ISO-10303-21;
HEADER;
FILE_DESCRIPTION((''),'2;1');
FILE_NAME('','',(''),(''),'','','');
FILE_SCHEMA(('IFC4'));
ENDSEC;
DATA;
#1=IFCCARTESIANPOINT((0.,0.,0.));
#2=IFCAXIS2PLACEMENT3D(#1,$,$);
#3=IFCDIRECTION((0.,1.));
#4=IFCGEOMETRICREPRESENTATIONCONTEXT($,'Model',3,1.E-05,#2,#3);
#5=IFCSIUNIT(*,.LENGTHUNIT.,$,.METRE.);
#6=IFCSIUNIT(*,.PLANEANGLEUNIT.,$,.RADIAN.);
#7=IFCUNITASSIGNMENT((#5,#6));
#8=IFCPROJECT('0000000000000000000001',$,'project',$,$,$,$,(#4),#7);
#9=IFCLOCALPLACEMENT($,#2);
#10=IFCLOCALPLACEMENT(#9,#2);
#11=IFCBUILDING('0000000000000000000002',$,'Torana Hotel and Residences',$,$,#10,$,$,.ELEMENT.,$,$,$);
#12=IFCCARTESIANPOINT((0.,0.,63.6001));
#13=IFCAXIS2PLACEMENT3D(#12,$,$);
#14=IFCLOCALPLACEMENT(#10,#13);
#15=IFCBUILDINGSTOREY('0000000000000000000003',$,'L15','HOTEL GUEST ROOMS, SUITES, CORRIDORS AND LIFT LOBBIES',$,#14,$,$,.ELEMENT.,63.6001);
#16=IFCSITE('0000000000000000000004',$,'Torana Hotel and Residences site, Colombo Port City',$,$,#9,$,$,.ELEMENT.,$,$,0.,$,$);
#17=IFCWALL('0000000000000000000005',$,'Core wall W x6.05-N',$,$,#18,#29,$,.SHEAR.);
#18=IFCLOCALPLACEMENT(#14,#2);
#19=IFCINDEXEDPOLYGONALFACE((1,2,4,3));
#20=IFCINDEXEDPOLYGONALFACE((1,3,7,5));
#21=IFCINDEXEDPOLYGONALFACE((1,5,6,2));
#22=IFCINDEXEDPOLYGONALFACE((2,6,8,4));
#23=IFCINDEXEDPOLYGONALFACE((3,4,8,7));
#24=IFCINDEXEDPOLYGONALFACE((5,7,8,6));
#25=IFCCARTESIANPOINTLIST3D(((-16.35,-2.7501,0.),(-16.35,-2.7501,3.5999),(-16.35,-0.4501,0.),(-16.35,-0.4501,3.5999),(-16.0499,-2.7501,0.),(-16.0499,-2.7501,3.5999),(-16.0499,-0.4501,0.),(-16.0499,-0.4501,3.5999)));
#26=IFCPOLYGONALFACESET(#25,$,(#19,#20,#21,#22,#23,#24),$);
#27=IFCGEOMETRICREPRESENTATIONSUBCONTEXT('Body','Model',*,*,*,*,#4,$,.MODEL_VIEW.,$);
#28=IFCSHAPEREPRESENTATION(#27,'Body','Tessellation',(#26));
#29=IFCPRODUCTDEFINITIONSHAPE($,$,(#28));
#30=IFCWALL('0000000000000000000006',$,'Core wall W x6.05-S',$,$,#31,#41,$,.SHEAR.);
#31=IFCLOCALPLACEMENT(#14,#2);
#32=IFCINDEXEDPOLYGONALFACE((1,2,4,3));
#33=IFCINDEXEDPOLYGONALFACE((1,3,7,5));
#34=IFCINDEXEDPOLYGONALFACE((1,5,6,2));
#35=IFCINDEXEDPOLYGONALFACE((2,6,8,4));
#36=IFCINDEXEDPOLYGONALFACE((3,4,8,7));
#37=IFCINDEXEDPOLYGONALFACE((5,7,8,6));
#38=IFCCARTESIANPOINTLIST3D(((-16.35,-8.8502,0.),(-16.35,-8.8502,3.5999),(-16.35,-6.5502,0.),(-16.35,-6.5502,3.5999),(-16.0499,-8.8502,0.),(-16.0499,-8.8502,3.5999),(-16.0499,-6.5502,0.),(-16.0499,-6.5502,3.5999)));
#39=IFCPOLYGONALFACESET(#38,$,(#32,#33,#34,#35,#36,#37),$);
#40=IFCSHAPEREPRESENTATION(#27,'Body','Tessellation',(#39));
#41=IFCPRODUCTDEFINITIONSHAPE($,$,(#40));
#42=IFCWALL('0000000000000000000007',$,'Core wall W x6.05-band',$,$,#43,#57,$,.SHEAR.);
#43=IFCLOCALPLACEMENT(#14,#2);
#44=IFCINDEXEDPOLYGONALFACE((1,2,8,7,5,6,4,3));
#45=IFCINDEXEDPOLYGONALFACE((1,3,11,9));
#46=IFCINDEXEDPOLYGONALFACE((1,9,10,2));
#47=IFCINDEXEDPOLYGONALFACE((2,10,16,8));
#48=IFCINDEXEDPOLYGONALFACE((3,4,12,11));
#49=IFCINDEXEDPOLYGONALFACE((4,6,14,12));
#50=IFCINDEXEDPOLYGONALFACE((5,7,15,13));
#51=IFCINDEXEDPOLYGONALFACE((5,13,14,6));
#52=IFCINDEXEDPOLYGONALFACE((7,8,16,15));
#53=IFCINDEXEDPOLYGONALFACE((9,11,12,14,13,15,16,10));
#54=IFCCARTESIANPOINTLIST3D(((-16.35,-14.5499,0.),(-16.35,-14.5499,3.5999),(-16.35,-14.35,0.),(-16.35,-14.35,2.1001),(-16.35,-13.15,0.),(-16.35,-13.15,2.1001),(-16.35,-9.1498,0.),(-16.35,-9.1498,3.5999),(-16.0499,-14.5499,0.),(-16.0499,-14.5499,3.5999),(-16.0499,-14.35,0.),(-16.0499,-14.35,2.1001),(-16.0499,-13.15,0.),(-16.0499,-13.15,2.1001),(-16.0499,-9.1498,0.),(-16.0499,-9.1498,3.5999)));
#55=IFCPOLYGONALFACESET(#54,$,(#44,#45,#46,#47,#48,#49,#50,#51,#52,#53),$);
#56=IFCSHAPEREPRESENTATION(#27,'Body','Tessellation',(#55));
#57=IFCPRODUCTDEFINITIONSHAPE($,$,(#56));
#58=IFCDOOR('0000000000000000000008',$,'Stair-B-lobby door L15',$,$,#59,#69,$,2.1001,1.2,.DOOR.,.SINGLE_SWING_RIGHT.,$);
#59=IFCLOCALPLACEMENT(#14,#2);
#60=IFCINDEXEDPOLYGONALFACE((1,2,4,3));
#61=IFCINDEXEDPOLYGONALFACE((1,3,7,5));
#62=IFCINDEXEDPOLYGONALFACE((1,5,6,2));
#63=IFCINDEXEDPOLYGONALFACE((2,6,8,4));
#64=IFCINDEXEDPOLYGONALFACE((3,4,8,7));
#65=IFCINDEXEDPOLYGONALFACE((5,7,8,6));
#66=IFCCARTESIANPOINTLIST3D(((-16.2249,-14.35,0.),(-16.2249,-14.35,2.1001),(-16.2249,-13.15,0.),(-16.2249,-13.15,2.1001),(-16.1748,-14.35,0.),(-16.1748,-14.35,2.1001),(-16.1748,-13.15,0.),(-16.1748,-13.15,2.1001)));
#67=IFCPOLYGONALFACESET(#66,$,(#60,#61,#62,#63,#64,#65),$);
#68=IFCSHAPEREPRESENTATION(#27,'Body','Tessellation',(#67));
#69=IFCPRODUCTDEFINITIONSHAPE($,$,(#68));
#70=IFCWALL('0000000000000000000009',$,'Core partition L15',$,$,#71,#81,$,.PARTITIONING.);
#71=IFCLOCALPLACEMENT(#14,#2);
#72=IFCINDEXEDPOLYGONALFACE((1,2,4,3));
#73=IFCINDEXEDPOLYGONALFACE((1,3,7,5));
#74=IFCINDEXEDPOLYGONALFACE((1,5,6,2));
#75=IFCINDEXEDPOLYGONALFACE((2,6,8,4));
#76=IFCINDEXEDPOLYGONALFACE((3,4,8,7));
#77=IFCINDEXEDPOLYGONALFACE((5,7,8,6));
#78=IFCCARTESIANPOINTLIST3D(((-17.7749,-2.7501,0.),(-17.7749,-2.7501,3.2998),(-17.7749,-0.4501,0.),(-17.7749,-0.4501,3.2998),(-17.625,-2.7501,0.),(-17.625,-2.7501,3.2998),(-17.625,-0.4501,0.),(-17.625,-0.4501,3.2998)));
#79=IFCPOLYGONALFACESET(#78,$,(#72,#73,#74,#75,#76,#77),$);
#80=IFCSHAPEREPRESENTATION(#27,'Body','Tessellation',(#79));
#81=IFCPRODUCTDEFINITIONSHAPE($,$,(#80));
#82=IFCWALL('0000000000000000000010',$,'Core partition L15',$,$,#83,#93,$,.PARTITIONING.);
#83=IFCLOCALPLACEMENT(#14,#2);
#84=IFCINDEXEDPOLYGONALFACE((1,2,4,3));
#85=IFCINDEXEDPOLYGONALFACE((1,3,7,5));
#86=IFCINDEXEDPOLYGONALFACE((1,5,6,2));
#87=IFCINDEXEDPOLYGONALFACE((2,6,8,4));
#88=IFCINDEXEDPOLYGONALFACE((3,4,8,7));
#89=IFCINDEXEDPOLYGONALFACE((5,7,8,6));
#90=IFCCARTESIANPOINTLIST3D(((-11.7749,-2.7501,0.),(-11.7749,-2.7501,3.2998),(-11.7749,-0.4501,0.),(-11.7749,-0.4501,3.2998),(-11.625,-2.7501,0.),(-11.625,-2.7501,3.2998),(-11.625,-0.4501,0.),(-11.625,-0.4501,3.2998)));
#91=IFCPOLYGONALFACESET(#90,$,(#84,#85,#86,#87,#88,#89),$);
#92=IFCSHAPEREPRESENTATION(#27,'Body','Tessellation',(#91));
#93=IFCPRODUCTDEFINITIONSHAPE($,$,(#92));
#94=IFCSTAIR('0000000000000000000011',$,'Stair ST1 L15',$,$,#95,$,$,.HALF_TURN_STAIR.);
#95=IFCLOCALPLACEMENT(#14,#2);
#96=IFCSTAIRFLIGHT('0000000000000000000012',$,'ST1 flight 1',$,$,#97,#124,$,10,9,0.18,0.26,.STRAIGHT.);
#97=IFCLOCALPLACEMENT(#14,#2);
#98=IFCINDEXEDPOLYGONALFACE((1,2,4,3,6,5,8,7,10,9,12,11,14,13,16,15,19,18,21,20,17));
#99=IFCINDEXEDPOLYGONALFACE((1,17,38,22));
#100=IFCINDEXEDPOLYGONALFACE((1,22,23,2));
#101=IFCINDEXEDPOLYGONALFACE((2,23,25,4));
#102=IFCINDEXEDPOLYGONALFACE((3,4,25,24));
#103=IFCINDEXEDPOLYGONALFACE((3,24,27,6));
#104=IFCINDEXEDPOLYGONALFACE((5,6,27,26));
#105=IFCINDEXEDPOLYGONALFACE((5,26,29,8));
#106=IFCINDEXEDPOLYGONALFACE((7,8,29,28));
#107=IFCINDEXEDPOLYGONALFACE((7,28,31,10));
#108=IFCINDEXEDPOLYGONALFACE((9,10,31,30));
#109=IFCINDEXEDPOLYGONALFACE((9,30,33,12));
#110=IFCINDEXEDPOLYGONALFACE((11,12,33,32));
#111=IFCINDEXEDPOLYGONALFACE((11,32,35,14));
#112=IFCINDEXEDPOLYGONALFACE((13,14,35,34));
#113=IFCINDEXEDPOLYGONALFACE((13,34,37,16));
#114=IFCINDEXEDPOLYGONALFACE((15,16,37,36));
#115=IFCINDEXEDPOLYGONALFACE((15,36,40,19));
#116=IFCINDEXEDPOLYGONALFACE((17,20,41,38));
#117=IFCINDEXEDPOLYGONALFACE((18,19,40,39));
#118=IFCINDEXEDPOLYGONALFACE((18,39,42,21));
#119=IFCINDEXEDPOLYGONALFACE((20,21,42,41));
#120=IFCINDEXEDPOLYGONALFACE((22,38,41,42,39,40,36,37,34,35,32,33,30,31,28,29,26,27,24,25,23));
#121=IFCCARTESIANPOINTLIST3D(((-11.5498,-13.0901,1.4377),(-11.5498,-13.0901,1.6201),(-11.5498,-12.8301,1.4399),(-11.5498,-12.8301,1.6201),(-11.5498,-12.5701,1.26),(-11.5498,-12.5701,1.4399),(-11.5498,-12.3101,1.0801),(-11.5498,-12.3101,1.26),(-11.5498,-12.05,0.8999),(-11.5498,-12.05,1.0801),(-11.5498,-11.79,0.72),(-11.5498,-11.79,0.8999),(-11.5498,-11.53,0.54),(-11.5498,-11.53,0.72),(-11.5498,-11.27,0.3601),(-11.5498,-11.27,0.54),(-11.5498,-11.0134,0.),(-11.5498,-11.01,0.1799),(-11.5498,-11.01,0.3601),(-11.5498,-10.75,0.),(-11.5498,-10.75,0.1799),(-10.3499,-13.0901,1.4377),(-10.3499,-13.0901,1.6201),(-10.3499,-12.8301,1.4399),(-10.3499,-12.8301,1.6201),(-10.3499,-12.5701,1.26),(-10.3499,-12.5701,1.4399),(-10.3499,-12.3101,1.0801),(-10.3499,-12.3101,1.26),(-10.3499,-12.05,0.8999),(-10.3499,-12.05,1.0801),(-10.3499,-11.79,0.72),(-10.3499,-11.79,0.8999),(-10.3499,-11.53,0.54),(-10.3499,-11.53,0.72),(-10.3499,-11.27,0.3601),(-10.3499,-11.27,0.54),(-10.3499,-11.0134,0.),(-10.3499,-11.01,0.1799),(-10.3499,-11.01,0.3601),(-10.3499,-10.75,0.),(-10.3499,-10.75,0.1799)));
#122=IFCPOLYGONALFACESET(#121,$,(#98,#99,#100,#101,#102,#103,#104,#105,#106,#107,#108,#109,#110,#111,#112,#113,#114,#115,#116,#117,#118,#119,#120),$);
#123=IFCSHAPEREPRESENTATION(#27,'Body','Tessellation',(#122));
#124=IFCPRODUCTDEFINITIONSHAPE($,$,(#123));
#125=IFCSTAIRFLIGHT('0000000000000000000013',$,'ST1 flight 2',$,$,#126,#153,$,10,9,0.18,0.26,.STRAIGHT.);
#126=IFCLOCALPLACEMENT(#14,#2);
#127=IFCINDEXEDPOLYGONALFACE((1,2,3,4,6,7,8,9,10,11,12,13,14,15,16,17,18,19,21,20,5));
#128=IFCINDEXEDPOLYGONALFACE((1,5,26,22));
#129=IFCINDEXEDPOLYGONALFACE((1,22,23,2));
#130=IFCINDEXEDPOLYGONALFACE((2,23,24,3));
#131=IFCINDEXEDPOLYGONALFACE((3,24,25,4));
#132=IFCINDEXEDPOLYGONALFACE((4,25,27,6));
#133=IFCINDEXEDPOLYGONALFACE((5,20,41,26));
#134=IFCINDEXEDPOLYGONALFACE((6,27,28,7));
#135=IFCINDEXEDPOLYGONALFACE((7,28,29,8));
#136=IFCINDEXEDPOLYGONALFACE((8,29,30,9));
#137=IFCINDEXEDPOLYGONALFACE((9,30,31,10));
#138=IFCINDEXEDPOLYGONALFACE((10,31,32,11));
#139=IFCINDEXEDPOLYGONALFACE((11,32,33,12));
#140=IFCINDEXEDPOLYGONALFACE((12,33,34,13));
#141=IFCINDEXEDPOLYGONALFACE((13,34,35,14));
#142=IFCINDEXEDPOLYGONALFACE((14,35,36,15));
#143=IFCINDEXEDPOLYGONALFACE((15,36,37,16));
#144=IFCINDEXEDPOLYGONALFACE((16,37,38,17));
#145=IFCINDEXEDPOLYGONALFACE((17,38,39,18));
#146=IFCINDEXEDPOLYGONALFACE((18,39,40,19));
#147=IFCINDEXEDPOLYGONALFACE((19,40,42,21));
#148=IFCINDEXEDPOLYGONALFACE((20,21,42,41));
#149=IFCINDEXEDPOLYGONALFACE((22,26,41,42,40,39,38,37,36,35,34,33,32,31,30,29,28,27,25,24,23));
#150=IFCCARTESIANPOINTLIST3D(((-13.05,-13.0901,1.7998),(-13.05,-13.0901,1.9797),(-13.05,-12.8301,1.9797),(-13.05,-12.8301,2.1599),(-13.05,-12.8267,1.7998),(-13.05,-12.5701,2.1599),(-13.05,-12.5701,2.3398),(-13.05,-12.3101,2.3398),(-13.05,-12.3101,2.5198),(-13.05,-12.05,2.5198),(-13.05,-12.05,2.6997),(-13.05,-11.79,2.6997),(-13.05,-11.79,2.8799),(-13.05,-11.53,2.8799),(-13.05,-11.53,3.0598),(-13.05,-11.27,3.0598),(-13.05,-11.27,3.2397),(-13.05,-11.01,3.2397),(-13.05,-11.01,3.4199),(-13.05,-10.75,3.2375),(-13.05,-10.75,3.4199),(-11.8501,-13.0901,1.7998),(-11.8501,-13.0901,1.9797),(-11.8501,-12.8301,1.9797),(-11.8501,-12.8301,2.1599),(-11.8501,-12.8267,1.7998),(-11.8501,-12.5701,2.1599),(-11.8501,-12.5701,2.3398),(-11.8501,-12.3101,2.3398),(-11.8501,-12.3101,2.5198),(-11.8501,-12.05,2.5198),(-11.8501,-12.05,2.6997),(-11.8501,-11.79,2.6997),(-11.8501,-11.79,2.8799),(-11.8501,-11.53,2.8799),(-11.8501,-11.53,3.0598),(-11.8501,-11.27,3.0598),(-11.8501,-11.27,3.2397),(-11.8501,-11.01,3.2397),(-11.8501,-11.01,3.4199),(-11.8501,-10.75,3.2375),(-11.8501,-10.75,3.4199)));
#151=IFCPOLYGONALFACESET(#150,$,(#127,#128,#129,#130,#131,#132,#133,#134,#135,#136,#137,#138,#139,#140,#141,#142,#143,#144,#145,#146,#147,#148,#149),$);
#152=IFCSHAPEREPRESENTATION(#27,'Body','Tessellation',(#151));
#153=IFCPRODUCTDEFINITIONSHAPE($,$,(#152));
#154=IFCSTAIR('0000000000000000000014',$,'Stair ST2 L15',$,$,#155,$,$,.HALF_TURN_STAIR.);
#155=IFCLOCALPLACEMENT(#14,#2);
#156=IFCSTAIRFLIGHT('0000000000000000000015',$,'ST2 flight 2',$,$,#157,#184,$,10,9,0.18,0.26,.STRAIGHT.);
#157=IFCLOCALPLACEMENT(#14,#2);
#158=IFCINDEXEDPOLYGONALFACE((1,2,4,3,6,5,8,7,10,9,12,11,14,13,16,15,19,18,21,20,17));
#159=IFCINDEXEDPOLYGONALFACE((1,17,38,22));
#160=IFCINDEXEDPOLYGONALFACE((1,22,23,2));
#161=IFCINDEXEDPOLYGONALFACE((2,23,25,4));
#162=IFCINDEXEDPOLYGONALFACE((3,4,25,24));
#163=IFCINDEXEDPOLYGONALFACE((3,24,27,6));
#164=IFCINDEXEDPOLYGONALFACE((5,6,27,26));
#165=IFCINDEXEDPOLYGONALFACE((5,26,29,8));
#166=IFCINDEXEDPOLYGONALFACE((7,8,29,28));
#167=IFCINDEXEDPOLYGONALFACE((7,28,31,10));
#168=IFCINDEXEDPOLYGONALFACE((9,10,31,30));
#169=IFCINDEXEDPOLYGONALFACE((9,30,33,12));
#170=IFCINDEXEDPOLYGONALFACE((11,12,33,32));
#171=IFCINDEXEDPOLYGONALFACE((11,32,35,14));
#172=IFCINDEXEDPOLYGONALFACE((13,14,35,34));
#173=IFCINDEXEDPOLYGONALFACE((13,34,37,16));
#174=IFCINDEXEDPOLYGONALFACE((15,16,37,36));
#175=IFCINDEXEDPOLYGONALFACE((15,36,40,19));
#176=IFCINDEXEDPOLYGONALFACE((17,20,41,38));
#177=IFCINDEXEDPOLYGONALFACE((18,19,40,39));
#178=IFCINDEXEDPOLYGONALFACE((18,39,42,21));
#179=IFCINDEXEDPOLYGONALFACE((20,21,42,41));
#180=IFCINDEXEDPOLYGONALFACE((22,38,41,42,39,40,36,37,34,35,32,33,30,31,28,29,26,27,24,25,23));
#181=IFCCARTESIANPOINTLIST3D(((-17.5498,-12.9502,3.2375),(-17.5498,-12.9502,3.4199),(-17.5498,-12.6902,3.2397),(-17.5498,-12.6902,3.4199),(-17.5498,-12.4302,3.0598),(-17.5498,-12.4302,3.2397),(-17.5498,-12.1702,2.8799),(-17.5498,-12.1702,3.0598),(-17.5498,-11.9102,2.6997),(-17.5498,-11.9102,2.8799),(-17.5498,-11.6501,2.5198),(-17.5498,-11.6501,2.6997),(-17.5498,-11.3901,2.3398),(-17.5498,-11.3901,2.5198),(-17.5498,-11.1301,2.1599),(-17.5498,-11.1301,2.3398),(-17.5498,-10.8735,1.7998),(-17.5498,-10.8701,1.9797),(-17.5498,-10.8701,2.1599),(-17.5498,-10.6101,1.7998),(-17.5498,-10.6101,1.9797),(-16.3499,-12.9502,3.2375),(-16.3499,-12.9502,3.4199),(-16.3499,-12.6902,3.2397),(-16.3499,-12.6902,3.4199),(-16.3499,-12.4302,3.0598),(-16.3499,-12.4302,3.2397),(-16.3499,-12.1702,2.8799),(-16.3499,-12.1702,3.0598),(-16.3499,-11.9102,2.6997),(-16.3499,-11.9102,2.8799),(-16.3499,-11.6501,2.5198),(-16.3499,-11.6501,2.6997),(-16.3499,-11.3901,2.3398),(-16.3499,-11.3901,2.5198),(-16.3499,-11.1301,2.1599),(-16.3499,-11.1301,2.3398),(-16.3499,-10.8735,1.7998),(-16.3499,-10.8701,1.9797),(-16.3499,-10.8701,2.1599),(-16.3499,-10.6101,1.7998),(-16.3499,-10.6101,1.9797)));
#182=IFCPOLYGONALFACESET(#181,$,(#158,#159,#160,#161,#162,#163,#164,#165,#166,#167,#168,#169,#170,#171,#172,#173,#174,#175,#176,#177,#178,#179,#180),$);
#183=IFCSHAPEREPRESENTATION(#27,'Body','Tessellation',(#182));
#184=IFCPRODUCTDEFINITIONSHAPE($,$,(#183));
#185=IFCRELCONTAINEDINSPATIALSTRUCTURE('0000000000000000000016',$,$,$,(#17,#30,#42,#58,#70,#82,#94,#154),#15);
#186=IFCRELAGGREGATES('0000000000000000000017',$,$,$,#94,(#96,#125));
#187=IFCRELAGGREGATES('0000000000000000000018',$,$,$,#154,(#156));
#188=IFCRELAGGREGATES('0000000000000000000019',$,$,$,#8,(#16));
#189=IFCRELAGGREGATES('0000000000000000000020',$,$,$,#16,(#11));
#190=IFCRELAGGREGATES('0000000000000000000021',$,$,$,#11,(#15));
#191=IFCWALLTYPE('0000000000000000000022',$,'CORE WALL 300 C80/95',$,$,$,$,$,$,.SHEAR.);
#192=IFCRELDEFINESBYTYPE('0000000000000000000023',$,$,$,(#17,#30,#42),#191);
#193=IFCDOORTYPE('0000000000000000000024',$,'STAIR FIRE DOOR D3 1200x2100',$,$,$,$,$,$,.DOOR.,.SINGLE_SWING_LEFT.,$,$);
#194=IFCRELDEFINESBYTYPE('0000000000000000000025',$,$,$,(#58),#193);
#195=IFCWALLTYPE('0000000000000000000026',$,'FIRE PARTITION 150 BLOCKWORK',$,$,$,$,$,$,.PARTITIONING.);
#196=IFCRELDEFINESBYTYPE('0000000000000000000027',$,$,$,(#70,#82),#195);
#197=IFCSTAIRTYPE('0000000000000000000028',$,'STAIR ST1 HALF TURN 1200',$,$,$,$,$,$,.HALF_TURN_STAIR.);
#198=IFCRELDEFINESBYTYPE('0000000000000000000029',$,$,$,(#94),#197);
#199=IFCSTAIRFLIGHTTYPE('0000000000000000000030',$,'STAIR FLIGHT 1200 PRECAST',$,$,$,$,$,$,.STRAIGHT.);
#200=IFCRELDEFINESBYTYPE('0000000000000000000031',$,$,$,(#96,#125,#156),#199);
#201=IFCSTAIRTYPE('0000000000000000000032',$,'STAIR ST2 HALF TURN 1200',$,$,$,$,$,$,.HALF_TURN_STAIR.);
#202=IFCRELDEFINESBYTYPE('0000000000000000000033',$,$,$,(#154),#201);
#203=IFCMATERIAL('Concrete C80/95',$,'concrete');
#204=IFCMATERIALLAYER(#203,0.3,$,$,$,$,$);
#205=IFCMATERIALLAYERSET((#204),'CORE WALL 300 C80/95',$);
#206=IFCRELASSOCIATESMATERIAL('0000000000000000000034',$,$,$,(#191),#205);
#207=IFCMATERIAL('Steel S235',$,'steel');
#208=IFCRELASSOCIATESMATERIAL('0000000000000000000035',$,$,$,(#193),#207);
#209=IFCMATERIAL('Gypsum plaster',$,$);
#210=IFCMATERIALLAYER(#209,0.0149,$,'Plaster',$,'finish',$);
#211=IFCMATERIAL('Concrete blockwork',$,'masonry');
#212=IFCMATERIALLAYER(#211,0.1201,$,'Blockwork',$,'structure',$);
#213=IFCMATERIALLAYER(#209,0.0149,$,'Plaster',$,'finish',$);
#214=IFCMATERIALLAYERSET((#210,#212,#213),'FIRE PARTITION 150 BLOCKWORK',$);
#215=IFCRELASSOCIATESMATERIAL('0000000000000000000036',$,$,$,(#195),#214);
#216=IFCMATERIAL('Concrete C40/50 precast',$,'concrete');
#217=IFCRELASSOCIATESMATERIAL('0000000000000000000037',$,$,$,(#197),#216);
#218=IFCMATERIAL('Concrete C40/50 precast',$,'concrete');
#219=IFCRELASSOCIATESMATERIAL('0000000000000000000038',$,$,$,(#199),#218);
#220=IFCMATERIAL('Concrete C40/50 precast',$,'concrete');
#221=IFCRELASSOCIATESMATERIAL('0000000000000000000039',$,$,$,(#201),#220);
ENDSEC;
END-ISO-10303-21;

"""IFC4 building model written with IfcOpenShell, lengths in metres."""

from ifc_helpers import new_model, si_unit, direction, frame, frame_2d, origin, place, context, subcontext, project, spatial, polyline, rectangle, outline, extrude, material, layer, layer_set, type_object, element, fill, aggregate, save


model = new_model("IFC4")

# Units and contexts
model_context = context("Model", 3, precision=1e-05, world=origin(), true_north=direction((0.0, 1.0)))
body_context = subcontext(model_context, "Body", "Model", "MODEL_VIEW")
ifc_project = project(units=[si_unit("LENGTHUNIT", "METRE"), si_unit("PLANEANGLEUNIT", "RADIAN")], contexts=[model_context])

# Site, building, storey
site_placement = place(None, origin())
site = spatial("IfcSite", under=ifc_project, at=site_placement, Name="Torana Hotel and Residences site, Colombo Port City", CompositionType="ELEMENT", RefElevation=0.0)
building_placement = place(site_placement, origin())
building = spatial("IfcBuilding", under=site, at=building_placement, Name="Torana Hotel and Residences", CompositionType="ELEMENT")
storey_placement = place(building_placement, frame((0.0, 0.0, 63.6001)))
storey = spatial("IfcBuildingStorey", under=building, at=storey_placement, Name="L15", Description="HOTEL GUEST ROOMS, SUITES, CORRIDORS AND LIFT LOBBIES", CompositionType="ELEMENT", Elevation=63.6001)

# Shared definitions
ifc_material_1 = material(Name="Concrete C80/95", Category="concrete")
ifc_layer_1 = layer(ifc_material_1, 0.3)
ifc_layer_set_1 = layer_set([ifc_layer_1], Name="CORE WALL 300 C80/95")
wall_type_1 = type_object("IfcWallType", Name="CORE WALL 300 C80/95", PredefinedType="SHEAR", material=ifc_layer_set_1)

# Shared definitions
ifc_material_2 = material(Name="Steel S235", Category="steel")
door_type_1 = type_object("IfcDoorType", Name="STAIR FIRE DOOR D3 1200x2100", OperationType="SINGLE_SWING_LEFT", PredefinedType="DOOR", material=ifc_material_2)

# Walls
for number, where, z_axis, x_axis, name in (
    (1, (-16.2, -2.75, 0.0), (0.0, 0.0, 1.0), (0.0, 1.0, 0.0), "Core wall W x6.05-N"),
    (2, (-16.2, -8.8501, 0.0), (0.0, 0.0, 1.0), (0.0, 1.0, 0.0), "Core wall W x6.05-S"),
):
    element("IfcWall", number, at=place(storey_placement, frame(where, z_axis=z_axis, x_axis=x_axis)), inside=storey, type_object=wall_type_1, Name=name, PredefinedType="SHEAR", context=body_context, shape_type="SweptSolid", body=[
        extrude(rectangle(XDim=2.3, YDim=0.3, at=frame_2d((1.1499, 0.0))), origin(), (0.0, 0.0, 1.0), 3.5999),
    ])

# Wall, opening, door
wall_1_placement = place(storey_placement, frame((-16.2, -14.55, 0.0), z_axis=(0.0, 0.0, 1.0), x_axis=(0.0, 1.0, 0.0)))
wall_1 = element("IfcWall", 3, at=wall_1_placement, inside=storey, type_object=wall_type_1, Name="Core wall W x6.05-band", PredefinedType="SHEAR", context=body_context, shape_type="SweptSolid", body=[
    extrude(rectangle(XDim=5.4001, YDim=0.3, at=frame_2d((2.7002, 0.0))), origin(), (0.0, 0.0, 1.0), 3.5999),
])
opening_1_placement = place(wall_1_placement, frame((0.2, 0.0, 0.0)))
opening_1 = element("IfcOpeningElement", 4, at=opening_1_placement, cuts=wall_1, PredefinedType="OPENING", context=body_context, shape_type="SweptSolid", body=[
    extrude(rectangle(XDim=1.2, YDim=2.1001, at=frame_2d((0.6001, 1.05))), frame((0.0, 0.1599, 0.0), z_axis=(0.0, -1.0, 0.0), x_axis=(1.0, 0.0, 0.0)), (0.0, 0.0, 1.0), 0.3201),
])
door_1_placement = place(opening_1_placement, origin())
door_1 = element("IfcDoor", 5, at=door_1_placement, inside=storey, type_object=door_type_1, Name="Stair-B-lobby door L15", OperationType="SINGLE_SWING_RIGHT", OverallHeight=2.1001, OverallWidth=1.2, PredefinedType="DOOR", context=body_context, shape_type="SweptSolid", body=[
    extrude(rectangle(XDim=1.2, YDim=2.1001, at=frame_2d((0.6001, 1.05))), frame((0.0, 0.0249, 0.0), z_axis=(0.0, -1.0, 0.0), x_axis=(1.0, 0.0, 0.0)), (0.0, 0.0, 1.0), 0.05),
])
fill(opening_1, door_1)

# Walls
ifc_material_3 = material(Name="Gypsum plaster")
ifc_layer_2 = layer(ifc_material_3, 0.0149, Name="Plaster", Category="finish")
ifc_material_4 = material(Name="Concrete blockwork", Category="masonry")
ifc_layer_3 = layer(ifc_material_4, 0.1201, Name="Blockwork", Category="structure")
ifc_layer_4 = layer(ifc_material_3, 0.0149, Name="Plaster", Category="finish")
ifc_layer_set_2 = layer_set([ifc_layer_2, ifc_layer_3, ifc_layer_4], Name="FIRE PARTITION 150 BLOCKWORK")
wall_type_2 = type_object("IfcWallType", Name="FIRE PARTITION 150 BLOCKWORK", PredefinedType="PARTITIONING", material=ifc_layer_set_2)
for number, where, z_axis, x_axis, name in (
    (6, (-17.7, -2.75, 0.0), (0.0, 0.0, 1.0), (0.0, 1.0, 0.0), "Core partition L15"),
    (7, (-11.7, -2.75, 0.0), (0.0, 0.0, 1.0), (0.0, 1.0, 0.0), "Core partition L15"),
):
    element("IfcWall", number, at=place(storey_placement, frame(where, z_axis=z_axis, x_axis=x_axis)), inside=storey, type_object=wall_type_2, Name=name, PredefinedType="PARTITIONING", context=body_context, shape_type="SweptSolid", body=[
        extrude(rectangle(XDim=2.3, YDim=0.1499, at=frame_2d((1.1499, 0.0))), origin(), (0.0, 0.0, 1.0), 3.2998),
    ])

# Stair, stair flights
ifc_material_5 = material(Name="Concrete C40/50 precast", Category="concrete")
stair_type_1 = type_object("IfcStairType", Name="STAIR ST1 HALF TURN 1200", PredefinedType="HALF_TURN_STAIR", material=ifc_material_5)
stair_1_placement = place(storey_placement, origin())
stair_1 = element("IfcStair", 8, at=stair_1_placement, inside=storey, type_object=stair_type_1, Name="Stair ST1 L15", PredefinedType="HALF_TURN_STAIR")
ifc_material_6 = material(Name="Concrete C40/50 precast", Category="concrete")
stair_flight_type = type_object("IfcStairFlightType", Name="STAIR FLIGHT 1200 PRECAST", PredefinedType="STRAIGHT", material=ifc_material_6)
stair_flight_1_placement = place(storey_placement, frame((-10.95, -10.75, 0.0), z_axis=(0.0, 0.0, 1.0), x_axis=(0.0, -1.0, 0.0)))
stair_flight_1 = element("IfcStairFlight", 9, at=stair_flight_1_placement, type_object=stair_flight_type, Name="ST1 flight 1", NumberOfRisers=10, NumberOfTreads=9, PredefinedType="STRAIGHT", RiserHeight=0.18, TreadLength=0.26, context=body_context, shape_type="SweptSolid", body=[
    extrude(outline(polyline([(0.0, 0.0), (0.0, 0.1799), (0.26, 0.1799), (0.26, 0.3601), (0.52, 0.3601), (0.52, 0.54), (0.78, 0.54), (0.78, 0.72), (1.04, 0.72), (1.04, 0.8999), (1.3, 0.8999), (1.3, 1.0801), (1.5601, 1.0801), (1.5601, 1.26), (1.8201, 1.26), (1.8201, 1.4399), (2.0801, 1.4399), (2.0801, 1.6201), (2.3401, 1.6201), (2.3401, 1.8), (2.3401, 1.4377), (0.2634, 0.0), (0.0, 0.0)])), frame((0.0, 0.6001, 0.0), z_axis=(0.0, -1.0, 0.0), x_axis=(1.0, 0.0, 0.0)), (0.0, 0.0, 1.0), 1.2),
])
stair_flight_2_placement = place(storey_placement, frame((-12.45, -13.0901, 1.7998), z_axis=(0.0, 0.0, 1.0), x_axis=(0.0, 1.0, 0.0)))
stair_flight_2 = element("IfcStairFlight", 10, at=stair_flight_2_placement, type_object=stair_flight_type, Name="ST1 flight 2", NumberOfRisers=10, NumberOfTreads=9, PredefinedType="STRAIGHT", RiserHeight=0.18, TreadLength=0.26, context=body_context, shape_type="SweptSolid", body=[
    extrude(outline(polyline([(0.0, 0.0), (0.0, 0.1799), (0.26, 0.1799), (0.26, 0.3601), (0.52, 0.3601), (0.52, 0.54), (0.78, 0.54), (0.78, 0.72), (1.04, 0.72), (1.04, 0.8999), (1.3, 0.8999), (1.3, 1.0801), (1.5601, 1.0801), (1.5601, 1.26), (1.8201, 1.26), (1.8201, 1.4399), (2.0801, 1.4399), (2.0801, 1.6201), (2.3401, 1.6201), (2.3401, 1.8), (2.3401, 1.4377), (0.2634, 0.0), (0.0, 0.0)])), frame((0.0, 0.6001, 0.0), z_axis=(0.0, -1.0, 0.0), x_axis=(1.0, 0.0, 0.0)), (0.0, 0.0, 1.0), 1.2),
])
aggregate(stair_1, [stair_flight_1, stair_flight_2])

# Stair, stair flight
ifc_material_7 = material(Name="Concrete C40/50 precast", Category="concrete")
stair_type_2 = type_object("IfcStairType", Name="STAIR ST2 HALF TURN 1200", PredefinedType="HALF_TURN_STAIR", material=ifc_material_7)
stair_2_placement = place(storey_placement, origin())
stair_2 = element("IfcStair", 11, at=stair_2_placement, inside=storey, type_object=stair_type_2, Name="Stair ST2 L15", PredefinedType="HALF_TURN_STAIR")
stair_flight_3_placement = place(storey_placement, frame((-16.95, -10.6101, 1.7998), z_axis=(0.0, 0.0, 1.0), x_axis=(0.0, -1.0, 0.0)))
stair_flight_3 = element("IfcStairFlight", 12, at=stair_flight_3_placement, type_object=stair_flight_type, Name="ST2 flight 2", NumberOfRisers=10, NumberOfTreads=9, PredefinedType="STRAIGHT", RiserHeight=0.18, TreadLength=0.26, context=body_context, shape_type="SweptSolid", body=[
    extrude(outline(polyline([(0.0, 0.0), (0.0, 0.1799), (0.26, 0.1799), (0.26, 0.3601), (0.52, 0.3601), (0.52, 0.54), (0.78, 0.54), (0.78, 0.72), (1.04, 0.72), (1.04, 0.8999), (1.3, 0.8999), (1.3, 1.0801), (1.5601, 1.0801), (1.5601, 1.26), (1.8201, 1.26), (1.8201, 1.4399), (2.0801, 1.4399), (2.0801, 1.6201), (2.3401, 1.6201), (2.3401, 1.8), (2.3401, 1.4377), (0.2634, 0.0), (0.0, 0.0)])), frame((0.0, 0.6001, 0.0), z_axis=(0.0, -1.0, 0.0), x_axis=(1.0, 0.0, 0.0)), (0.0, 0.0, 1.0), 1.2),
])
aggregate(stair_2, [stair_flight_3])

save(model, "model.ifc")
